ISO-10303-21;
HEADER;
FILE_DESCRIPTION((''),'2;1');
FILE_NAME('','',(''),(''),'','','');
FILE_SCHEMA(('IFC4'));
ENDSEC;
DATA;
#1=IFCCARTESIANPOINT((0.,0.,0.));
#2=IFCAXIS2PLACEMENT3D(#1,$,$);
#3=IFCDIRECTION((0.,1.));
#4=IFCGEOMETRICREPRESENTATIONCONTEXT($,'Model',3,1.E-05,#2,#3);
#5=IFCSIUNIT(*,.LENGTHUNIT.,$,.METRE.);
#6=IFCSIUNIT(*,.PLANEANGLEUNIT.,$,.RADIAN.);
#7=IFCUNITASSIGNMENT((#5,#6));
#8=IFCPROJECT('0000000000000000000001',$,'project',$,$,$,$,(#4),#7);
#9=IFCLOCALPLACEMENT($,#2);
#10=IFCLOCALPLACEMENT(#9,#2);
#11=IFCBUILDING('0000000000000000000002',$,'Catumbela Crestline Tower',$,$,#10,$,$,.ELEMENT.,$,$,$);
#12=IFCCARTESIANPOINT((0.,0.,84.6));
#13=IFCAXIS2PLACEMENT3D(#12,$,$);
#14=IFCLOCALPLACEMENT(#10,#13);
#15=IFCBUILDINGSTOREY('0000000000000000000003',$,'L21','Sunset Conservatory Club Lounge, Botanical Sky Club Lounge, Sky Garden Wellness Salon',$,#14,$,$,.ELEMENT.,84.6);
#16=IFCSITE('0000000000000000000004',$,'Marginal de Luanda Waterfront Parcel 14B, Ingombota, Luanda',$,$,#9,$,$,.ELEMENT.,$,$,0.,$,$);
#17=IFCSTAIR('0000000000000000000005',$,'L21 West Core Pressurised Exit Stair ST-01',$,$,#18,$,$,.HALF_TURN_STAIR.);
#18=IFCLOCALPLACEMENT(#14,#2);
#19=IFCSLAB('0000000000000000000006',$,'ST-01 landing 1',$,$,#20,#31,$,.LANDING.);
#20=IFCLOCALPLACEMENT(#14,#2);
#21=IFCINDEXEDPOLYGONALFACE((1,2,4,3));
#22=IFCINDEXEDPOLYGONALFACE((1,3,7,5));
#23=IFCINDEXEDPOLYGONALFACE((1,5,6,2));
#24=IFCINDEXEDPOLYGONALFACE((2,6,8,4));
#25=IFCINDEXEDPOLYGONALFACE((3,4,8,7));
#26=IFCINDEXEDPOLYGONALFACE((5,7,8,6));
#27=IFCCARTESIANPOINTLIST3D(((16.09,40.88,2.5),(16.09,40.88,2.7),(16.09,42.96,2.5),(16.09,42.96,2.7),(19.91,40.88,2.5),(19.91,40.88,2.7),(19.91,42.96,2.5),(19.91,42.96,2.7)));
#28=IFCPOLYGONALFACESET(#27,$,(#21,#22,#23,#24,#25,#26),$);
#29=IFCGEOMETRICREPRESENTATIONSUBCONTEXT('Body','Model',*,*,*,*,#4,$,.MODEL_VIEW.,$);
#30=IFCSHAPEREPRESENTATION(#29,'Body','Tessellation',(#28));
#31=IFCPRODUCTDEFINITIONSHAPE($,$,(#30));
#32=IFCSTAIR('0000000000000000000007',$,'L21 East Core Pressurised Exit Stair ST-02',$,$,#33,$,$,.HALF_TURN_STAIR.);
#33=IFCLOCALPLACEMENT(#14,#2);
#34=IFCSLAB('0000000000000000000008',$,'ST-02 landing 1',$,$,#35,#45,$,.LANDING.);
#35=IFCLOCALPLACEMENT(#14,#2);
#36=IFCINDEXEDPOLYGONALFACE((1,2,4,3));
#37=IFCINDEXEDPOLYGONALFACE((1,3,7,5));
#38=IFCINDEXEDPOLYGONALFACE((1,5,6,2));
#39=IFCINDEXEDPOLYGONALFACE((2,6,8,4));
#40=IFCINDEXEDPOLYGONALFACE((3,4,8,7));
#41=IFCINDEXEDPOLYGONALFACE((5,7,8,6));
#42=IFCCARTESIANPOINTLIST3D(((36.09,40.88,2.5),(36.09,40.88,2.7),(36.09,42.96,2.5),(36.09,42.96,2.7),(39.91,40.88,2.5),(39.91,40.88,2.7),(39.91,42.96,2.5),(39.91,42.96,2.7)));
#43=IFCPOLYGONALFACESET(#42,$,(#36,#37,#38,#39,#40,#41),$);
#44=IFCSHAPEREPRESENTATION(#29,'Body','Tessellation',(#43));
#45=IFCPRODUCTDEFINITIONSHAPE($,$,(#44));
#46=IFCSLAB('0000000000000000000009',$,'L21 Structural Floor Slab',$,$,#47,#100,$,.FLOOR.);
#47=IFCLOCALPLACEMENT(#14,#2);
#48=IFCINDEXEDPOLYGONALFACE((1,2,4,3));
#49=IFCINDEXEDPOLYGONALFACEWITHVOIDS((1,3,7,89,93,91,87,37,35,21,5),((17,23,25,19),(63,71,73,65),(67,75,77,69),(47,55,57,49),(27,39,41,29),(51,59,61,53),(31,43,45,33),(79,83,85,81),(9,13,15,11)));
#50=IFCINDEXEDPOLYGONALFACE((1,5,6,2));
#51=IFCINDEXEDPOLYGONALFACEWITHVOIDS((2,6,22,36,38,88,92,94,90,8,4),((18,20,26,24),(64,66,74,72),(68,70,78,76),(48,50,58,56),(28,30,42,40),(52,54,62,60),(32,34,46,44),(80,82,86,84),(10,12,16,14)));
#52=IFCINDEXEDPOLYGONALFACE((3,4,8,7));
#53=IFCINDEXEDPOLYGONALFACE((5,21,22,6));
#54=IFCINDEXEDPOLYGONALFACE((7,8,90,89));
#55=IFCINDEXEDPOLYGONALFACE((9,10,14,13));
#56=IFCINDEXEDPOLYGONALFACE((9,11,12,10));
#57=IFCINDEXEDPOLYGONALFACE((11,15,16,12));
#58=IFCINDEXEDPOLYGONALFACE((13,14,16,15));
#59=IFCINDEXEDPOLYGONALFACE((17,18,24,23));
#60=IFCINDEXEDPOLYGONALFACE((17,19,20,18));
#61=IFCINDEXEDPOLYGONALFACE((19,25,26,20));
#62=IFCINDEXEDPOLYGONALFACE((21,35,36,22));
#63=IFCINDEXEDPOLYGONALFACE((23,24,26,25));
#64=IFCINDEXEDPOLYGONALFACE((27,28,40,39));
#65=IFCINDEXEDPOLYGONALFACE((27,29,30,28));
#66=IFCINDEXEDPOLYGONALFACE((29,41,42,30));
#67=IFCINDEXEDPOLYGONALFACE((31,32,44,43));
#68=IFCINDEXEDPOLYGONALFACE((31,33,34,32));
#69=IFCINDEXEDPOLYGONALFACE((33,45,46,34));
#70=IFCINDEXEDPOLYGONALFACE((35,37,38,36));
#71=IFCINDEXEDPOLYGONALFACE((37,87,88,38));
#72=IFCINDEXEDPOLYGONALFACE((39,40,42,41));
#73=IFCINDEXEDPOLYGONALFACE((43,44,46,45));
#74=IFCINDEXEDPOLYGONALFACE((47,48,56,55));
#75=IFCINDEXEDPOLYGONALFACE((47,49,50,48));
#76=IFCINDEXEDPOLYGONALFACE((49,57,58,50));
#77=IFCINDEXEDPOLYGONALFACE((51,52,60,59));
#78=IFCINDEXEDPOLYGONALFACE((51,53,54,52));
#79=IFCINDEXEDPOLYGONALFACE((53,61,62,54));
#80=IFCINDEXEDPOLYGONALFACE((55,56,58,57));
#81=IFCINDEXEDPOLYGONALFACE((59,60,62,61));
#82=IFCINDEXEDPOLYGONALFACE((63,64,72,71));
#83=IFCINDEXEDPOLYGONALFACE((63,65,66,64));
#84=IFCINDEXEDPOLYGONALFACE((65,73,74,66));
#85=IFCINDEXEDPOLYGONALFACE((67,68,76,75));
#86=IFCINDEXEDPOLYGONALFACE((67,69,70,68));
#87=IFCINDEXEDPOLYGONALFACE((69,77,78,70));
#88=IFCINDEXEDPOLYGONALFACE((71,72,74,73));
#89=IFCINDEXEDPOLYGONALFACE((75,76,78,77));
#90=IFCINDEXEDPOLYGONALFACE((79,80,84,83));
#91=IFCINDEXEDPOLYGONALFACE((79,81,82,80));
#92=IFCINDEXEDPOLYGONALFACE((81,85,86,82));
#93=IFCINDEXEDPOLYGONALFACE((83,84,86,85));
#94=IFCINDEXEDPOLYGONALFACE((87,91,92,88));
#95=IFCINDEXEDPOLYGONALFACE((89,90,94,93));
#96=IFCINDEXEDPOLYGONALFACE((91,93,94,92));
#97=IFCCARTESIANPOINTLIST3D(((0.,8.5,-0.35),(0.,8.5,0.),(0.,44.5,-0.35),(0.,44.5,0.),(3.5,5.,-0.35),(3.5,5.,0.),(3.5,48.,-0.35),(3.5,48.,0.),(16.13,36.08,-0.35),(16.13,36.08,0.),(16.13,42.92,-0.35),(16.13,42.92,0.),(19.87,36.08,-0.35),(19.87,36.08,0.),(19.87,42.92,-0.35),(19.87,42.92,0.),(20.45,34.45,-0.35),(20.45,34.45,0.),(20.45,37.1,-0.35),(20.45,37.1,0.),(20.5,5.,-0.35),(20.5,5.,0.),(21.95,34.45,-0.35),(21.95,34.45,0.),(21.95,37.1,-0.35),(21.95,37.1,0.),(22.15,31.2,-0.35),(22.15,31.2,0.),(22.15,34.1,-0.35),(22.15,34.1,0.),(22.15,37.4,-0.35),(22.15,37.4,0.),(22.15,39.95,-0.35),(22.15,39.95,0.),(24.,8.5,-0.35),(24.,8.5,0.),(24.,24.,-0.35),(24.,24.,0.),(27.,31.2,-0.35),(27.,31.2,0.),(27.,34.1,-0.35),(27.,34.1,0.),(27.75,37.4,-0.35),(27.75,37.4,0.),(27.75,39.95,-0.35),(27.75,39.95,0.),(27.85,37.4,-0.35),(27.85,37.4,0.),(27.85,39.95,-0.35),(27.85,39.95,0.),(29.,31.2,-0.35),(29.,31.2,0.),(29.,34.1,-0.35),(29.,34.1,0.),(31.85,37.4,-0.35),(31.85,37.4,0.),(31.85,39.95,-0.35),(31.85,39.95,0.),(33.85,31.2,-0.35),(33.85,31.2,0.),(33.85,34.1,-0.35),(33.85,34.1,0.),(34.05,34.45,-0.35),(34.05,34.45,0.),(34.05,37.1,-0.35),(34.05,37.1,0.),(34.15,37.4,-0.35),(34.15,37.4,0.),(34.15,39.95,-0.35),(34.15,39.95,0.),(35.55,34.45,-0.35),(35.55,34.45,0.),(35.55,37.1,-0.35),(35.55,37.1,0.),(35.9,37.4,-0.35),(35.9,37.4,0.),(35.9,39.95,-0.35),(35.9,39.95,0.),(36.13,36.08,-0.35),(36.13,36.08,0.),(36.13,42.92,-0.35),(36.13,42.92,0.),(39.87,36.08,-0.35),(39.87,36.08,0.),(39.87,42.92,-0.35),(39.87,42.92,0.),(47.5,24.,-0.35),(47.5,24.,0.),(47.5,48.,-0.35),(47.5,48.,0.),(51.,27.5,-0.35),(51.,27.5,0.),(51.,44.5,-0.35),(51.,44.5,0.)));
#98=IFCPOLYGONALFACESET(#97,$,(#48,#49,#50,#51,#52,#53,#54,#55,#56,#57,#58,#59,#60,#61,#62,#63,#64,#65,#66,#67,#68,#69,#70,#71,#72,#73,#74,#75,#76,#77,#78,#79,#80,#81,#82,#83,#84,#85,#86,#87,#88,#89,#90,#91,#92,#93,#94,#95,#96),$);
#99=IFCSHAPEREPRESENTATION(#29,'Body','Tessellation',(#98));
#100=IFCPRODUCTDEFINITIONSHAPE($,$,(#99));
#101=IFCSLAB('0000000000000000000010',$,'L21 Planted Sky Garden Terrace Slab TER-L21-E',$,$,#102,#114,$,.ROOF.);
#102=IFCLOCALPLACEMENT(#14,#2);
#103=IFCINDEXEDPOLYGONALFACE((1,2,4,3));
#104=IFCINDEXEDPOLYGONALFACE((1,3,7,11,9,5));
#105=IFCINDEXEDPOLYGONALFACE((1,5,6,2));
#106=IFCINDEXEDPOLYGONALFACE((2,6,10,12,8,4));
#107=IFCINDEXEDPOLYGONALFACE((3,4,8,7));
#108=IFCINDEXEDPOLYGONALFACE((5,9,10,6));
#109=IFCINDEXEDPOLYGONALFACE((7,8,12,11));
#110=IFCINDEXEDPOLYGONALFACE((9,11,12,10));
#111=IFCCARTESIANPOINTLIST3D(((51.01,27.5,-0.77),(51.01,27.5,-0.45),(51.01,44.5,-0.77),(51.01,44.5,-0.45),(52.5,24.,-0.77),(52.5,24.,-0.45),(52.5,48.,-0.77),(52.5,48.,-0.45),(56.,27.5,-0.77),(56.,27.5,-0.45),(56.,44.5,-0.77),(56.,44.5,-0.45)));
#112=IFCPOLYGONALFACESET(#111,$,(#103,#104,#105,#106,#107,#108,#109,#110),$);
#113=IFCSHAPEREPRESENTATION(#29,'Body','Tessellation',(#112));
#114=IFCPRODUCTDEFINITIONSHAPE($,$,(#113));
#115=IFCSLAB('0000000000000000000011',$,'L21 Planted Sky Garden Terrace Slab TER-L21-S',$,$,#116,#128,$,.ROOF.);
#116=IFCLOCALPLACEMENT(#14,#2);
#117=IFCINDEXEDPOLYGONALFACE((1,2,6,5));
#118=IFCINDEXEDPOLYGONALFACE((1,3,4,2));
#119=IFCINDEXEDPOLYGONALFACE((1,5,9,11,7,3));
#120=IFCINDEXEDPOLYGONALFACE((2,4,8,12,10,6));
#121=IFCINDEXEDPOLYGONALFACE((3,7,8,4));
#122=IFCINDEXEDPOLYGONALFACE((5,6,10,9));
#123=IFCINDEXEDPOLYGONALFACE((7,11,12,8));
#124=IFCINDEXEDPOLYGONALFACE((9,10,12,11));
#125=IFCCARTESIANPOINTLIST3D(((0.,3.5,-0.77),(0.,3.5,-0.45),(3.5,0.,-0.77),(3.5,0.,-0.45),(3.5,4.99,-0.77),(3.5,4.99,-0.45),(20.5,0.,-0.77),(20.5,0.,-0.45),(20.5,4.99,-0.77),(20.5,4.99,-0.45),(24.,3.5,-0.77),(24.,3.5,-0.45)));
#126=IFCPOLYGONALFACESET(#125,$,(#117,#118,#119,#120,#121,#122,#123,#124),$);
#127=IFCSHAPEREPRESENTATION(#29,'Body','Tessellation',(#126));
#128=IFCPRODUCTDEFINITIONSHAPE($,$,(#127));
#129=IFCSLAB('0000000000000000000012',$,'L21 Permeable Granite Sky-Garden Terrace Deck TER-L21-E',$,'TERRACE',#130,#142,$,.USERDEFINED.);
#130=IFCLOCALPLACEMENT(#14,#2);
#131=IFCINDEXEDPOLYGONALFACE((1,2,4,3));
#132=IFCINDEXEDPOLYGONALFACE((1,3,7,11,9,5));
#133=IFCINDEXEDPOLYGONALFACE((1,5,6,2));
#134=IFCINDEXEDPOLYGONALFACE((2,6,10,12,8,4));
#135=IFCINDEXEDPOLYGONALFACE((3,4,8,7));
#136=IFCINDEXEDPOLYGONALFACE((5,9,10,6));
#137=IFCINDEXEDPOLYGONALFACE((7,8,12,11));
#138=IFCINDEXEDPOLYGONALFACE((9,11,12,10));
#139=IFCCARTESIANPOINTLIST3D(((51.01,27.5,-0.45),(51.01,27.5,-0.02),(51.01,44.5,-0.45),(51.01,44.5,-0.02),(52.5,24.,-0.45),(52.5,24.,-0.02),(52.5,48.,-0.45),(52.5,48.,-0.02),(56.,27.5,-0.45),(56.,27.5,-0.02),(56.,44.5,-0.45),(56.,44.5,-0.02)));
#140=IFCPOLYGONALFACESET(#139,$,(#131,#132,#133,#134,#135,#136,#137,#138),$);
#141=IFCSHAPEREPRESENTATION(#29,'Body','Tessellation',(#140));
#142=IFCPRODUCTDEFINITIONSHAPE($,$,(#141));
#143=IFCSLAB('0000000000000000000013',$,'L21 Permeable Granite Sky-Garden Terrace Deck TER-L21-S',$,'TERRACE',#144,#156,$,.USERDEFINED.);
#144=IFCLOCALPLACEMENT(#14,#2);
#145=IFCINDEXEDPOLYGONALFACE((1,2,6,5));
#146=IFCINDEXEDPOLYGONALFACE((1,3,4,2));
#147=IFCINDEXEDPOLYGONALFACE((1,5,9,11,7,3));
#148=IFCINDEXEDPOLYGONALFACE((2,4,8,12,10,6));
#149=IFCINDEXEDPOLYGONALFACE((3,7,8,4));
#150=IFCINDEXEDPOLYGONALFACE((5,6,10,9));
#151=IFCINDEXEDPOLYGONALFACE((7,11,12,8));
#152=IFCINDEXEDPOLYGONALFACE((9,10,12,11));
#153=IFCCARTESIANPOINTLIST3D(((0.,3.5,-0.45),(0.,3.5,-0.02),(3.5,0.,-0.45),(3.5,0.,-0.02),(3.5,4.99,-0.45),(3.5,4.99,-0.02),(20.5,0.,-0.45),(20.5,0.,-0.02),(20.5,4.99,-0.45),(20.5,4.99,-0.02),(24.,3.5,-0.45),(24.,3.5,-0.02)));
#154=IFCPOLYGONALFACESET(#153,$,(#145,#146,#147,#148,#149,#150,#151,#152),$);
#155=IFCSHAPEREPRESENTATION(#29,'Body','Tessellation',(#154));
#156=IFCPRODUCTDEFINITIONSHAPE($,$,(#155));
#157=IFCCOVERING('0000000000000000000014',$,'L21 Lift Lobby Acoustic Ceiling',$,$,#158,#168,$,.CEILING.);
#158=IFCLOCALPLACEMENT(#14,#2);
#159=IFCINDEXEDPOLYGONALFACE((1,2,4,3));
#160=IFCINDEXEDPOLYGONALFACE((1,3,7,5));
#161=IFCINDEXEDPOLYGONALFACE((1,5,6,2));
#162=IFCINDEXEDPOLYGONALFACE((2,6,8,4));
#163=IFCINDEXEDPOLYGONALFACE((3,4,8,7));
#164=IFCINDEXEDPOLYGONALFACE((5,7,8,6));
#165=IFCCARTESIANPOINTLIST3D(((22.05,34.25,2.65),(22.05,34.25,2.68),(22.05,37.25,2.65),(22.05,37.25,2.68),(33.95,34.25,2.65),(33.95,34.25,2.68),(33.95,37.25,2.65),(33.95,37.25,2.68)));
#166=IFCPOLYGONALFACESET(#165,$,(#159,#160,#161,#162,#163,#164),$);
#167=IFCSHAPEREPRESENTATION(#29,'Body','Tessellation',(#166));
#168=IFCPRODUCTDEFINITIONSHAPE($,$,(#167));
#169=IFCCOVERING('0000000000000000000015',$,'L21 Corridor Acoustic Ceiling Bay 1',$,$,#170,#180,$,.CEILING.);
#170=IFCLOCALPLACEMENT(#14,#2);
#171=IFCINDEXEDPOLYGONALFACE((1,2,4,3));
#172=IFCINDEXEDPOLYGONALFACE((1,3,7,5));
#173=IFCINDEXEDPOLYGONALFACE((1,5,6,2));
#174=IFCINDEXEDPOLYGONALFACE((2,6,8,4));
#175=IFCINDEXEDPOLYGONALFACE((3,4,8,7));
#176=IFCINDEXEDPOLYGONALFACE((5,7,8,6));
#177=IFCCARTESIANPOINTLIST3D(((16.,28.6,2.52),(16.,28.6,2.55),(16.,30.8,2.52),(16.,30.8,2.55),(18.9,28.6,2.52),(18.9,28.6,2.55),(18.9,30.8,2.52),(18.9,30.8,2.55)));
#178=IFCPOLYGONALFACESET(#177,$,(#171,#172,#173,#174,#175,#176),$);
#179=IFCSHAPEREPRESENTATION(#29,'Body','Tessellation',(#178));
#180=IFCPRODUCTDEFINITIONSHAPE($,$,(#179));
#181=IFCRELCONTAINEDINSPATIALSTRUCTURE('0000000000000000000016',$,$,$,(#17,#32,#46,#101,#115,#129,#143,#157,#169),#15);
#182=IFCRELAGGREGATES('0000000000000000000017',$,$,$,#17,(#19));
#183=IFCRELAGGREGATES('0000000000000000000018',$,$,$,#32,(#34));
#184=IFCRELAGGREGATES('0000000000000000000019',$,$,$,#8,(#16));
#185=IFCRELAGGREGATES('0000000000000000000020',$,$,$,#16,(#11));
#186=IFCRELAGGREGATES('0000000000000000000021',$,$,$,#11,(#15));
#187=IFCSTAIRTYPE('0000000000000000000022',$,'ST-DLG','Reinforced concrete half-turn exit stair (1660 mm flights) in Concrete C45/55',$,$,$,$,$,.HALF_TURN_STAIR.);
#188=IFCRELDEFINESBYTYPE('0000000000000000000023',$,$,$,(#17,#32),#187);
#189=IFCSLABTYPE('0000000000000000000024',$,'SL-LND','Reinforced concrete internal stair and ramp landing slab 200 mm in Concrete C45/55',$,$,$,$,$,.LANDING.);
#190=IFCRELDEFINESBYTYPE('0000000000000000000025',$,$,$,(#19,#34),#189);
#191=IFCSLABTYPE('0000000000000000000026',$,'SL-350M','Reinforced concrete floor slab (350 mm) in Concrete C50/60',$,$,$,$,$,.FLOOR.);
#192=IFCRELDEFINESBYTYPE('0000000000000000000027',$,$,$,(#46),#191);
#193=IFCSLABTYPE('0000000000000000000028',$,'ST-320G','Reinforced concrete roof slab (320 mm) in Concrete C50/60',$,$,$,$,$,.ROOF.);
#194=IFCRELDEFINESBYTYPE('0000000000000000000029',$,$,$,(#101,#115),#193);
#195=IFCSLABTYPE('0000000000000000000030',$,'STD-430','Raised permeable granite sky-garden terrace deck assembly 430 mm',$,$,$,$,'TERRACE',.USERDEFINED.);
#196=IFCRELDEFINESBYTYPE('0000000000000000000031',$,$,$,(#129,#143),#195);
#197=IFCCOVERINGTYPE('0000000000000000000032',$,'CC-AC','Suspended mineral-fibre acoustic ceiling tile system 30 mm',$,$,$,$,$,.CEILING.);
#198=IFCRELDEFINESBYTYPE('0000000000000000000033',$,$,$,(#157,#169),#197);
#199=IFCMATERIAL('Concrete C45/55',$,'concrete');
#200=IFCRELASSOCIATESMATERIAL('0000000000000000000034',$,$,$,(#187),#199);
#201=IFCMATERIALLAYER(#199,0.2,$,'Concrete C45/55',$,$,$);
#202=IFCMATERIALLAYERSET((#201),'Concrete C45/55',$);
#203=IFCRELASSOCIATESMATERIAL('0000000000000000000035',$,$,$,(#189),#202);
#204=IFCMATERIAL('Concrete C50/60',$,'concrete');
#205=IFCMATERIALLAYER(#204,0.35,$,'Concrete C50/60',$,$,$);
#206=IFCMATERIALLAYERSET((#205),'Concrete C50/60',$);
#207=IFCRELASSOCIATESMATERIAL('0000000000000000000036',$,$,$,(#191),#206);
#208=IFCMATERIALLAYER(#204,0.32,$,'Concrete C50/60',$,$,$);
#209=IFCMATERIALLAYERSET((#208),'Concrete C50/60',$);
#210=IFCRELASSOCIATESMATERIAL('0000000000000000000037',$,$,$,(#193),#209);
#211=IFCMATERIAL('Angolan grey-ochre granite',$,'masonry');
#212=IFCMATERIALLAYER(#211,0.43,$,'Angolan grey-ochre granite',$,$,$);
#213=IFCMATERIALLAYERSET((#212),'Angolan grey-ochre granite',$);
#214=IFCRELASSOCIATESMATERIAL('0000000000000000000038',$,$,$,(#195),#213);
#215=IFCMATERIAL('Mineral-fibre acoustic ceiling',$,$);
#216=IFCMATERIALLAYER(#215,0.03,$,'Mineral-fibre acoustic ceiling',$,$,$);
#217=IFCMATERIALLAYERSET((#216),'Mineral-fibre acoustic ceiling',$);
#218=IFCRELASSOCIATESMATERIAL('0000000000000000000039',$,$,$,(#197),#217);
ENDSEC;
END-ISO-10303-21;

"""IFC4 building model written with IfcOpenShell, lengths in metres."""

from ifc_helpers import new_model, si_unit, direction, frame, origin, place, context, subcontext, project, spatial, polyline, outline, extrude, material, layer, layer_set, type_object, element, aggregate, save


model = new_model("IFC4")

# Units and contexts
model_context = context("Model", 3, precision=1e-05, world=origin(), true_north=direction((0.0, 1.0)))
body_context = subcontext(model_context, "Body", "Model", "MODEL_VIEW")
ifc_project = project(units=[si_unit("LENGTHUNIT", "METRE"), si_unit("PLANEANGLEUNIT", "RADIAN")], contexts=[model_context])

# Site, building, storey
site_placement = place(None, origin())
site = spatial("IfcSite", under=ifc_project, at=site_placement, Name="Marginal de Luanda Waterfront Parcel 14B, Ingombota, Luanda", CompositionType="ELEMENT", RefElevation=0.0)
building_placement = place(site_placement, origin())
building = spatial("IfcBuilding", under=site, at=building_placement, Name="Catumbela Crestline Tower", CompositionType="ELEMENT")
storey_placement = place(building_placement, frame((0.0, 0.0, 84.6)))
storey = spatial("IfcBuildingStorey", under=building, at=storey_placement, Name="L21", Description="Sunset Conservatory Club Lounge, Botanical Sky Club Lounge, Sky Garden Wellness Salon", CompositionType="ELEMENT", Elevation=84.6)

# Stairs, slabs
ifc_material_1 = material(Name="Concrete C45/55", Category="concrete")
stair_type = type_object("IfcStairType", Name="ST-DLG", Description="Reinforced concrete half-turn exit stair (1660 mm flights) in Concrete C45/55", PredefinedType="HALF_TURN_STAIR", material=ifc_material_1)
stair_1_placement = place(storey_placement, origin())
stair_1 = element("IfcStair", 1, at=stair_1_placement, inside=storey, type_object=stair_type, Name="L21 West Core Pressurised Exit Stair ST-01", PredefinedType="HALF_TURN_STAIR")
ifc_layer_1 = layer(ifc_material_1, 0.2, Name="Concrete C45/55")
ifc_layer_set_1 = layer_set([ifc_layer_1], Name="Concrete C45/55")
slab_type_1 = type_object("IfcSlabType", Name="SL-LND", Description="Reinforced concrete internal stair and ramp landing slab 200 mm in Concrete C45/55", PredefinedType="LANDING", material=ifc_layer_set_1)
slab_1_placement = place(storey_placement, frame((0.0, 0.0, 2.5)))
slab_1 = element("IfcSlab", 2, at=slab_1_placement, type_object=slab_type_1, Name="ST-01 landing 1", PredefinedType="LANDING", context=body_context, shape_type="SweptSolid", body=[
    extrude(outline(polyline([(19.91, 40.88), (19.91, 42.96), (16.09, 42.96), (16.09, 40.88), (19.91, 40.88)])), origin(), (0.0, 0.0, 1.0), 0.2),
])
aggregate(stair_1, [slab_1])
stair_2_placement = place(storey_placement, origin())
stair_2 = element("IfcStair", 3, at=stair_2_placement, inside=storey, type_object=stair_type, Name="L21 East Core Pressurised Exit Stair ST-02", PredefinedType="HALF_TURN_STAIR")
slab_2_placement = place(storey_placement, frame((0.0, 0.0, 2.5)))
slab_2 = element("IfcSlab", 4, at=slab_2_placement, type_object=slab_type_1, Name="ST-02 landing 1", PredefinedType="LANDING", context=body_context, shape_type="SweptSolid", body=[
    extrude(outline(polyline([(39.91, 40.88), (39.91, 42.96), (36.09, 42.96), (36.09, 40.88), (39.91, 40.88)])), origin(), (0.0, 0.0, 1.0), 0.2),
])
aggregate(stair_2, [slab_2])

# Slabs
ifc_material_2 = material(Name="Concrete C50/60", Category="concrete")
ifc_layer_2 = layer(ifc_material_2, 0.35, Name="Concrete C50/60")
ifc_layer_set_2 = layer_set([ifc_layer_2], Name="Concrete C50/60")
slab_type_2 = type_object("IfcSlabType", Name="SL-350M", Description="Reinforced concrete floor slab (350 mm) in Concrete C50/60", PredefinedType="FLOOR", material=ifc_layer_set_2)
slab_3_placement = place(storey_placement, frame((0.0, 0.0, -0.35)))
element("IfcSlab", 5, at=slab_3_placement, inside=storey, type_object=slab_type_2, Name="L21 Structural Floor Slab", PredefinedType="FLOOR", context=body_context, shape_type="SweptSolid", body=[
    extrude(outline(polyline([(3.5, 5.0), (20.5, 5.0), (24.0, 8.5), (24.0, 24.0), (47.5, 24.0), (51.0, 27.5), (51.0, 44.5), (47.5, 48.0), (3.5, 48.0), (0.0, 44.5), (0.0, 8.5), (3.5, 5.0)]), holes=[polyline([(16.13, 36.08), (19.87, 36.08), (19.87, 42.92), (16.13, 42.92), (16.13, 36.08)]), polyline([(36.13, 36.08), (39.87, 36.08), (39.87, 42.92), (36.13, 42.92), (36.13, 36.08)]), polyline([(22.15, 31.2), (27.0, 31.2), (27.0, 34.1), (22.15, 34.1), (22.15, 31.2)]), polyline([(29.0, 31.2), (33.85, 31.2), (33.85, 34.1), (29.0, 34.1), (29.0, 31.2)]), polyline([(22.15, 37.4), (27.75, 37.4), (27.75, 39.95), (22.15, 39.95), (22.15, 37.4)]), polyline([(27.85, 37.4), (31.85, 37.4), (31.85, 39.95), (27.85, 39.95), (27.85, 37.4)]), polyline([(20.45, 34.45), (21.95, 34.45), (21.95, 37.1), (20.45, 37.1), (20.45, 34.45)]), polyline([(34.05, 34.45), (35.55, 34.45), (35.55, 37.1), (34.05, 37.1), (34.05, 34.45)]), polyline([(34.15, 37.4), (35.9, 37.4), (35.9, 39.95), (34.15, 39.95), (34.15, 37.4)])]), origin(), (0.0, 0.0, 1.0), 0.35),
])
ifc_layer_3 = layer(ifc_material_2, 0.32, Name="Concrete C50/60")
ifc_layer_set_3 = layer_set([ifc_layer_3], Name="Concrete C50/60")
slab_type_3 = type_object("IfcSlabType", Name="ST-320G", Description="Reinforced concrete roof slab (320 mm) in Concrete C50/60", PredefinedType="ROOF", material=ifc_layer_set_3)
slab_4_placement = place(storey_placement, frame((0.0, 0.0, -0.77)))
element("IfcSlab", 6, at=slab_4_placement, inside=storey, type_object=slab_type_3, Name="L21 Planted Sky Garden Terrace Slab TER-L21-E", PredefinedType="ROOF", context=body_context, shape_type="SweptSolid", body=[
    extrude(outline(polyline([(51.01, 27.5), (52.5, 24.0), (56.0, 27.5), (56.0, 44.5), (52.5, 48.0), (51.01, 44.5), (51.01, 27.5)])), origin(), (0.0, 0.0, 1.0), 0.32),
])
slab_5_placement = place(storey_placement, frame((0.0, 0.0, -0.77)))
element("IfcSlab", 7, at=slab_5_placement, inside=storey, type_object=slab_type_3, Name="L21 Planted Sky Garden Terrace Slab TER-L21-S", PredefinedType="ROOF", context=body_context, shape_type="SweptSolid", body=[
    extrude(outline(polyline([(0.0, 3.5), (3.5, 0.0), (20.5, 0.0), (24.0, 3.5), (20.5, 4.99), (3.5, 4.99), (0.0, 3.5)])), origin(), (0.0, 0.0, 1.0), 0.32),
])
ifc_material_3 = material(Name="Angolan grey-ochre granite", Category="masonry")
ifc_layer_4 = layer(ifc_material_3, 0.43, Name="Angolan grey-ochre granite")
ifc_layer_set_4 = layer_set([ifc_layer_4], Name="Angolan grey-ochre granite")
slab_type_4 = type_object("IfcSlabType", Name="STD-430", Description="Raised permeable granite sky-garden terrace deck assembly 430 mm", ElementType="TERRACE", PredefinedType="USERDEFINED", material=ifc_layer_set_4)
slab_6_placement = place(storey_placement, frame((0.0, 0.0, -0.45)))
element("IfcSlab", 8, at=slab_6_placement, inside=storey, type_object=slab_type_4, Name="L21 Permeable Granite Sky-Garden Terrace Deck TER-L21-E", ObjectType="TERRACE", PredefinedType="USERDEFINED", context=body_context, shape_type="SweptSolid", body=[
    extrude(outline(polyline([(51.01, 27.5), (52.5, 24.0), (56.0, 27.5), (56.0, 44.5), (52.5, 48.0), (51.01, 44.5), (51.01, 27.5)])), origin(), (0.0, 0.0, 1.0), 0.43),
])
slab_7_placement = place(storey_placement, frame((0.0, 0.0, -0.45)))
element("IfcSlab", 9, at=slab_7_placement, inside=storey, type_object=slab_type_4, Name="L21 Permeable Granite Sky-Garden Terrace Deck TER-L21-S", ObjectType="TERRACE", PredefinedType="USERDEFINED", context=body_context, shape_type="SweptSolid", body=[
    extrude(outline(polyline([(0.0, 3.5), (3.5, 0.0), (20.5, 0.0), (24.0, 3.5), (20.5, 4.99), (3.5, 4.99), (0.0, 3.5)])), origin(), (0.0, 0.0, 1.0), 0.43),
])

# Coverings
ifc_material_4 = material(Name="Mineral-fibre acoustic ceiling")
ifc_layer_5 = layer(ifc_material_4, 0.03, Name="Mineral-fibre acoustic ceiling")
ifc_layer_set_5 = layer_set([ifc_layer_5], Name="Mineral-fibre acoustic ceiling")
covering_type_1 = type_object("IfcCoveringType", Name="CC-AC", Description="Suspended mineral-fibre acoustic ceiling tile system 30 mm", PredefinedType="CEILING", material=ifc_layer_set_5)
covering_1_placement = place(storey_placement, frame((0.0, 0.0, 2.65)))
element("IfcCovering", 10, at=covering_1_placement, inside=storey, type_object=covering_type_1, Name="L21 Lift Lobby Acoustic Ceiling", PredefinedType="CEILING", context=body_context, shape_type="SweptSolid", body=[
    extrude(outline(polyline([(22.05, 34.25), (33.95, 34.25), (33.95, 37.25), (22.05, 37.25), (22.05, 34.25)])), origin(), (0.0, 0.0, 1.0), 0.03),
])
covering_2_placement = place(storey_placement, frame((0.0, 0.0, 2.52)))
element("IfcCovering", 11, at=covering_2_placement, inside=storey, type_object=covering_type_1, Name="L21 Corridor Acoustic Ceiling Bay 1", PredefinedType="CEILING", context=body_context, shape_type="SweptSolid", body=[
    extrude(outline(polyline([(16.0, 28.6), (18.9, 28.6), (18.9, 30.8), (16.0, 30.8), (16.0, 28.6)])), origin(), (0.0, 0.0, 1.0), 0.03),
])

save(model, "model.ifc")
